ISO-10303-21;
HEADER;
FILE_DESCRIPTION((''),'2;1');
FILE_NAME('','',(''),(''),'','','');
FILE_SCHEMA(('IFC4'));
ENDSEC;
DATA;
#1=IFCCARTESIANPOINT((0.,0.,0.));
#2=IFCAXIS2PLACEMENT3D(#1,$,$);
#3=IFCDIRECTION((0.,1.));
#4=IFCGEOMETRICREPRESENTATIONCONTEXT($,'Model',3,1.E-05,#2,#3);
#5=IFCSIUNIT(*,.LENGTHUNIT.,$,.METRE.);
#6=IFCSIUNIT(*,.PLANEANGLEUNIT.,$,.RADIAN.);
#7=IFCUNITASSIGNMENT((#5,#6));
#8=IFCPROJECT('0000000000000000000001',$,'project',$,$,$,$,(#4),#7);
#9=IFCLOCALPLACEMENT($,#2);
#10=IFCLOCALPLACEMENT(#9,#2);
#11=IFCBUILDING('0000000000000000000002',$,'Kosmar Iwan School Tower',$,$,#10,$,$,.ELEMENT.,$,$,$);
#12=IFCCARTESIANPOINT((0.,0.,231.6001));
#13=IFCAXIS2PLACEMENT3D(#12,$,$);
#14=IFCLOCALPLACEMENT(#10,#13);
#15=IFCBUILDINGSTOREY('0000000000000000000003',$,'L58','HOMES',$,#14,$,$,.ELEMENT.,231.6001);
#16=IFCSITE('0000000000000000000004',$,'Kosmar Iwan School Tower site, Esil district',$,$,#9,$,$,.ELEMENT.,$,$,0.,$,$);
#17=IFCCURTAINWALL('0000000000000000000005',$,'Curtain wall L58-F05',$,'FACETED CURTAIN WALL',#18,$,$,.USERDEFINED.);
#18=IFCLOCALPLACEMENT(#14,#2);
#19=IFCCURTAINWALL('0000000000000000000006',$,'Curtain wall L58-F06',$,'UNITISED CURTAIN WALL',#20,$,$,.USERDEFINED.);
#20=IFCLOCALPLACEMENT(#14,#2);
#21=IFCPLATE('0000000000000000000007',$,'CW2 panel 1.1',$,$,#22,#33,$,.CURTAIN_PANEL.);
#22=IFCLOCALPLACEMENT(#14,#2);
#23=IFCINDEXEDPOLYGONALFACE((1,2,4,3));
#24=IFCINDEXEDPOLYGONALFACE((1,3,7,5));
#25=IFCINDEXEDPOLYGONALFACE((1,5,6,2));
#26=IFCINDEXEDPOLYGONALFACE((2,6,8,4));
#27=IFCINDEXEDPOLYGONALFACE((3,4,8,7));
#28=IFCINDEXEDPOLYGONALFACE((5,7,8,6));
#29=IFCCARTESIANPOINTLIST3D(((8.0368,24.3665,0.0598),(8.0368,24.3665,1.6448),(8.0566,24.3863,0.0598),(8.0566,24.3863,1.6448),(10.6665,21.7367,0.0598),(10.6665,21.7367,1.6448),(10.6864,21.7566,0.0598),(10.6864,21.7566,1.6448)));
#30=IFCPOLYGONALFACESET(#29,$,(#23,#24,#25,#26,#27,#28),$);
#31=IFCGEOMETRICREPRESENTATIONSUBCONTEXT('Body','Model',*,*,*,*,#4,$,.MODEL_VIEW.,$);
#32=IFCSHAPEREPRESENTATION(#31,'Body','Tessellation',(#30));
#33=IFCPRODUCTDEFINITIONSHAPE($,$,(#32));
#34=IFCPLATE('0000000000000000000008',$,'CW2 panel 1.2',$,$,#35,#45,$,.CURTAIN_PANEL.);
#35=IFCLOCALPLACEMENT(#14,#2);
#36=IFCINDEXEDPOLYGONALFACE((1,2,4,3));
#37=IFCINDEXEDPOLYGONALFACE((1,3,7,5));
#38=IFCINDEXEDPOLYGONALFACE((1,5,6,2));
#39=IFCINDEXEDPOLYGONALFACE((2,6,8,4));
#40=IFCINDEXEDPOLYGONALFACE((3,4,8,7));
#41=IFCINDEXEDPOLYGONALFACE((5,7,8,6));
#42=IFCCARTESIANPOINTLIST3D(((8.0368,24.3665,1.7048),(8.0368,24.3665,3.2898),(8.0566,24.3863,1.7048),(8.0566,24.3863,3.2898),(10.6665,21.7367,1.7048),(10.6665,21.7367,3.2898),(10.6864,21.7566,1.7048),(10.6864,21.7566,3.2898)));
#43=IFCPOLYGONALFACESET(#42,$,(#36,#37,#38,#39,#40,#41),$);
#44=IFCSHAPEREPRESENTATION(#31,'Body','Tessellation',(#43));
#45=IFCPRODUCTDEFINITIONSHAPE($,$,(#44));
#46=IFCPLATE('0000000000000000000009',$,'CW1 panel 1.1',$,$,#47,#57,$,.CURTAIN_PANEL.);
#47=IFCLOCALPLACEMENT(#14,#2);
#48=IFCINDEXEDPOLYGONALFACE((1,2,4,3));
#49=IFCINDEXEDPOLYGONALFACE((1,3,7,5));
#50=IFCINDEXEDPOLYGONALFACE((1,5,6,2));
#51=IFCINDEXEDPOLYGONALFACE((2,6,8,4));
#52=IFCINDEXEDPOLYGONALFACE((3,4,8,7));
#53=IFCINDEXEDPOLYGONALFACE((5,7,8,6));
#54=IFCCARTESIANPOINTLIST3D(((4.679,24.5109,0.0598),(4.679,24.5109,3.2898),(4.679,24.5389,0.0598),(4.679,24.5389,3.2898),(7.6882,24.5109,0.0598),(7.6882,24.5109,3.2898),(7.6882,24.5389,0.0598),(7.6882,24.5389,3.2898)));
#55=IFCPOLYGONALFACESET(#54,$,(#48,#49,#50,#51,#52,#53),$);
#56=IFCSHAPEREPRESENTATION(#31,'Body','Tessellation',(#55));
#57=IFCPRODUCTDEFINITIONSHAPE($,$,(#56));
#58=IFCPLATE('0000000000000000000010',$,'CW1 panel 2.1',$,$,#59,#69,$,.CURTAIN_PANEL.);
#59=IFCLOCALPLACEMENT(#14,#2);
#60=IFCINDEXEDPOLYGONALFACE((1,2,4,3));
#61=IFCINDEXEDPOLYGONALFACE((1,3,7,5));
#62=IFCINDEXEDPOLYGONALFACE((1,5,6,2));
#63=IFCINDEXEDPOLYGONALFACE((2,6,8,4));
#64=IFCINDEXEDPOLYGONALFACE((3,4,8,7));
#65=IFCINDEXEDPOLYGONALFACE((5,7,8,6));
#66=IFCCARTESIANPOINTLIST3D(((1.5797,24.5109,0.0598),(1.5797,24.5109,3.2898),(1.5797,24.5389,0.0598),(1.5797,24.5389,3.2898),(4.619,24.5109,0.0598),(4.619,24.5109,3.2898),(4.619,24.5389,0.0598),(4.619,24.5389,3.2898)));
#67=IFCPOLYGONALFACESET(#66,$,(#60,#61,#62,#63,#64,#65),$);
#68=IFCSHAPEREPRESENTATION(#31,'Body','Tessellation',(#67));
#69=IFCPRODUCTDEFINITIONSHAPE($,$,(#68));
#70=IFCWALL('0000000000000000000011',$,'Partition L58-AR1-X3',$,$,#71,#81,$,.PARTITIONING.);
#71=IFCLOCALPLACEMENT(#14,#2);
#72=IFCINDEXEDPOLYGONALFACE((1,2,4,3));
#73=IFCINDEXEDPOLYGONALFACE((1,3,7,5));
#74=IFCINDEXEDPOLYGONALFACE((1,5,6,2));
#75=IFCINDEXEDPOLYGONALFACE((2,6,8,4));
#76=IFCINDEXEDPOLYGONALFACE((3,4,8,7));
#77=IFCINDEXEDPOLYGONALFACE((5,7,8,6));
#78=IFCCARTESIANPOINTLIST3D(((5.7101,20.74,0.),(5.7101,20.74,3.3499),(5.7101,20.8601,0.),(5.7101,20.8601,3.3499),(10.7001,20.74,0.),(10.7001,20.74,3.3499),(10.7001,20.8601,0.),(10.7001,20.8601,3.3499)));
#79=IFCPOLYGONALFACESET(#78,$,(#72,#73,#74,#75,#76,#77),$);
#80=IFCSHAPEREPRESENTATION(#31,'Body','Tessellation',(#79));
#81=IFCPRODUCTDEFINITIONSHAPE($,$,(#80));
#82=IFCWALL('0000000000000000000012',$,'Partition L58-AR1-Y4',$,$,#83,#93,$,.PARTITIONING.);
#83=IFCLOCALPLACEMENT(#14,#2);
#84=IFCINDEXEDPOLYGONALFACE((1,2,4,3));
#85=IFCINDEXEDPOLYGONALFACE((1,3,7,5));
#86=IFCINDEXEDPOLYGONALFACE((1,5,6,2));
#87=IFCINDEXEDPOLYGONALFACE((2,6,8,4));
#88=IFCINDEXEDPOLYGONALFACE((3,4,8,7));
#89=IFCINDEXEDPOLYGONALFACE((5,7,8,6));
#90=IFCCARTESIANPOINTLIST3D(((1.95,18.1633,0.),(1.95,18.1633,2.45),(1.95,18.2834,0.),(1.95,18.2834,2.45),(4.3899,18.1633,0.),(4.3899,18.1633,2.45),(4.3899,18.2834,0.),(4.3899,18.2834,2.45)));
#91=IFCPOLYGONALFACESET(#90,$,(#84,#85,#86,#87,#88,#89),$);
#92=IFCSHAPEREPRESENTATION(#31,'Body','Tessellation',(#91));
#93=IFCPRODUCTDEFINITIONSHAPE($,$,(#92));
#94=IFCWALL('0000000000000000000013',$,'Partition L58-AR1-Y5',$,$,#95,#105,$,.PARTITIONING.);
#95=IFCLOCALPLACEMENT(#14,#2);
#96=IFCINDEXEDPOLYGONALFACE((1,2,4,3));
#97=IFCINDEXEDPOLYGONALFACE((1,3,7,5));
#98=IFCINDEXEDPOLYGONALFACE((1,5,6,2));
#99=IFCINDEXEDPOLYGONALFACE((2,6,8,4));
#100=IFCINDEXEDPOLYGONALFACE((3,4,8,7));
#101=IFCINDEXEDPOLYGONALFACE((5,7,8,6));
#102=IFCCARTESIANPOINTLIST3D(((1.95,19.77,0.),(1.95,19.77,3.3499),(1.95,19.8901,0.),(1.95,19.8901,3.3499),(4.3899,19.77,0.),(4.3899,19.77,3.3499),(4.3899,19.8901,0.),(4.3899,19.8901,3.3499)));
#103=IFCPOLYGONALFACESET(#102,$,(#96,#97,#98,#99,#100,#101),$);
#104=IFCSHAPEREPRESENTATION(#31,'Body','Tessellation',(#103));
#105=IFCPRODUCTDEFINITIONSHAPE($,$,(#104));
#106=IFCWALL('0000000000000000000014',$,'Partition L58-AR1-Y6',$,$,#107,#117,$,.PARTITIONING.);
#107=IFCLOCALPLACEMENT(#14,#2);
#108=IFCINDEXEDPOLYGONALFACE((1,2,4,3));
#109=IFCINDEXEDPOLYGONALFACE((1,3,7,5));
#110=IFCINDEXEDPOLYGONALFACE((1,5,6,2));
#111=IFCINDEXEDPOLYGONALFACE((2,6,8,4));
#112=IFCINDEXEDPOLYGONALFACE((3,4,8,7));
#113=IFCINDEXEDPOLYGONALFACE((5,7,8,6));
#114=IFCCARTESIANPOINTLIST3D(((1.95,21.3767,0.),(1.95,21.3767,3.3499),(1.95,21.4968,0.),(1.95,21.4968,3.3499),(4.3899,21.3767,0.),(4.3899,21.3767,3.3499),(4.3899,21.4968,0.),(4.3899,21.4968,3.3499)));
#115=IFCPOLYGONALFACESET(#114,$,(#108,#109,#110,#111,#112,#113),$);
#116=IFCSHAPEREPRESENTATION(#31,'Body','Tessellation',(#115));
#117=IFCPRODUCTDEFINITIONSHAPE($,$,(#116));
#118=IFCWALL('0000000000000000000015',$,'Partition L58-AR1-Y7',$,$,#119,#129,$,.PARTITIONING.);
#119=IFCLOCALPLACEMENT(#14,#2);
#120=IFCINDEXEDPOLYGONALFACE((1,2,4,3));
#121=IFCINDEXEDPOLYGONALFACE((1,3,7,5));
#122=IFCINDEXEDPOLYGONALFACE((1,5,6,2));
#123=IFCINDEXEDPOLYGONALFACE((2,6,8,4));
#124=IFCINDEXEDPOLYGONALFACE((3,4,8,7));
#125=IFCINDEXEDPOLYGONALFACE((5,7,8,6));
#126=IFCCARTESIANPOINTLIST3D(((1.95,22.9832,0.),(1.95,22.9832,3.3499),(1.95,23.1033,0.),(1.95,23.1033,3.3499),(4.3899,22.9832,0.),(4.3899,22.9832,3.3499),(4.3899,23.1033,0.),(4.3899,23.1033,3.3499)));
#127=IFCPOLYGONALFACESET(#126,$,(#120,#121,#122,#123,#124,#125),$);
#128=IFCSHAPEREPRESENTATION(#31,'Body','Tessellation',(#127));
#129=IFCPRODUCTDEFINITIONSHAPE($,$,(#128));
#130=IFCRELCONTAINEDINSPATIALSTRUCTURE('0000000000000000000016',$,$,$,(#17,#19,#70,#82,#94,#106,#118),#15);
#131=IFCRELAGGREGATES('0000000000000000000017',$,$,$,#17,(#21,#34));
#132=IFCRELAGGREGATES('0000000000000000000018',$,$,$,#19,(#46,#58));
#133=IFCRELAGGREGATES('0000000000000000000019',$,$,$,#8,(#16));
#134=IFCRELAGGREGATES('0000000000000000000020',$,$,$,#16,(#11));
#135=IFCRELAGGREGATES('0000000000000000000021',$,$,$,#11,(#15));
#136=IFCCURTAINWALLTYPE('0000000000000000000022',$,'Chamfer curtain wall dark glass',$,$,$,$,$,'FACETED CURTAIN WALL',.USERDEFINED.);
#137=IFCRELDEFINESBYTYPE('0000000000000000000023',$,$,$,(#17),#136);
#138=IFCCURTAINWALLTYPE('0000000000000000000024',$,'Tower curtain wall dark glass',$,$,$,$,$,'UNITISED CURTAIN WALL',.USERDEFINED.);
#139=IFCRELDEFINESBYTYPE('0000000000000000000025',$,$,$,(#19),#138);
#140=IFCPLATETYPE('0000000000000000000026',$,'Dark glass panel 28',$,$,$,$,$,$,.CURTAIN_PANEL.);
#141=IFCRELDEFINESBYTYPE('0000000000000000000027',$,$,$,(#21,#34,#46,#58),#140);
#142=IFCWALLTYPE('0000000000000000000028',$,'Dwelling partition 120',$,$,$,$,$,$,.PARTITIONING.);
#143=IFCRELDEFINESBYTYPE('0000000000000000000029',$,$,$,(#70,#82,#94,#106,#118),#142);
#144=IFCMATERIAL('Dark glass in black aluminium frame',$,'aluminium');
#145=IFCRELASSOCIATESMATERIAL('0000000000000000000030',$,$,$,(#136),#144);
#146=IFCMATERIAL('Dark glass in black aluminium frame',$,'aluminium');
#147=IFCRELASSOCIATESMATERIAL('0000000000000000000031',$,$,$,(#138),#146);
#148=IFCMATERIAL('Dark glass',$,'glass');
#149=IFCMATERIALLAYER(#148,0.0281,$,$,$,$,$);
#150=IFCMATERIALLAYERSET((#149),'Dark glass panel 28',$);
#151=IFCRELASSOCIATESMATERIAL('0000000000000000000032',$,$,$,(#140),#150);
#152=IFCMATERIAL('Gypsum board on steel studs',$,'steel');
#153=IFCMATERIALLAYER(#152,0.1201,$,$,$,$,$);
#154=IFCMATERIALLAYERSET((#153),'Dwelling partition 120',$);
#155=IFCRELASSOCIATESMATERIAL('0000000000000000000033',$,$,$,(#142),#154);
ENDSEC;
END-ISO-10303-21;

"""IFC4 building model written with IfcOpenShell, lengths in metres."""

from ifc_helpers import new_model, si_unit, direction, frame, frame_2d, origin, origin_2d, place, context, subcontext, project, spatial, rectangle, extrude, material, layer, layer_set, type_object, element, aggregate, save


model = new_model("IFC4")

# Units and contexts
model_context = context("Model", 3, precision=1e-05, world=origin(), true_north=direction((0.0, 1.0)))
body_context = subcontext(model_context, "Body", "Model", "MODEL_VIEW")
ifc_project = project(units=[si_unit("LENGTHUNIT", "METRE"), si_unit("PLANEANGLEUNIT", "RADIAN")], contexts=[model_context])

# Site, building, storey
site_placement = place(None, origin())
site = spatial("IfcSite", under=ifc_project, at=site_placement, Name="Kosmar Iwan School Tower site, Esil district", CompositionType="ELEMENT", RefElevation=0.0)
building_placement = place(site_placement, origin())
building = spatial("IfcBuilding", under=site, at=building_placement, Name="Kosmar Iwan School Tower", CompositionType="ELEMENT")
storey_placement = place(building_placement, frame((0.0, 0.0, 231.6001)))
storey = spatial("IfcBuildingStorey", under=building, at=storey_placement, Name="L58", Description="HOMES", CompositionType="ELEMENT", Elevation=231.6001)

# Curtain walls
ifc_material_1 = material(Name="Dark glass in black aluminium frame", Category="aluminium")
curtain_wall_type_1 = type_object("IfcCurtainWallType", Name="Chamfer curtain wall dark glass", ElementType="FACETED CURTAIN WALL", PredefinedType="USERDEFINED", material=ifc_material_1)
curtain_wall_1_placement = place(storey_placement, origin())
curtain_wall_1 = element("IfcCurtainWall", 1, at=curtain_wall_1_placement, inside=storey, type_object=curtain_wall_type_1, Name="Curtain wall L58-F05", ObjectType="FACETED CURTAIN WALL", PredefinedType="USERDEFINED")
ifc_material_2 = material(Name="Dark glass in black aluminium frame", Category="aluminium")
curtain_wall_type_2 = type_object("IfcCurtainWallType", Name="Tower curtain wall dark glass", ElementType="UNITISED CURTAIN WALL", PredefinedType="USERDEFINED", material=ifc_material_2)
curtain_wall_2_placement = place(storey_placement, origin())
curtain_wall_2 = element("IfcCurtainWall", 2, at=curtain_wall_2_placement, inside=storey, type_object=curtain_wall_type_2, Name="Curtain wall L58-F06", ObjectType="UNITISED CURTAIN WALL", PredefinedType="USERDEFINED")

# Plates
ifc_material_3 = material(Name="Dark glass", Category="glass")
ifc_layer_1 = layer(ifc_material_3, 0.0281)
ifc_layer_set_1 = layer_set([ifc_layer_1], Name="Dark glass panel 28")
plate_type = type_object("IfcPlateType", Name="Dark glass panel 28", PredefinedType="CURTAIN_PANEL", material=ifc_layer_set_1)
plate_1_placement = place(storey_placement, frame((9.3616, 23.0615, 0.0598), z_axis=(0.0, 0.0, 1.0), x_axis=(-0.707107, 0.707107, 0.0)))
plate_1 = element("IfcPlate", 3, at=plate_1_placement, type_object=plate_type, Name="CW2 panel 1.1", PredefinedType="CURTAIN_PANEL", context=body_context, shape_type="SweptSolid", body=[
    extrude(rectangle(XDim=3.719, YDim=0.0281, at=origin_2d()), origin(), (0.0, 0.0, 1.0), 1.585),
])
plate_2_placement = place(storey_placement, frame((9.3616, 23.0615, 1.7048), z_axis=(0.0, 0.0, 1.0), x_axis=(-0.707107, 0.707107, 0.0)))
plate_2 = element("IfcPlate", 4, at=plate_2_placement, type_object=plate_type, Name="CW2 panel 1.2", PredefinedType="CURTAIN_PANEL", context=body_context, shape_type="SweptSolid", body=[
    extrude(rectangle(XDim=3.719, YDim=0.0281, at=origin_2d()), origin(), (0.0, 0.0, 1.0), 1.585),
])
aggregate(curtain_wall_1, [plate_1, plate_2])
plate_3_placement = place(storey_placement, frame((6.1836, 24.5249, 0.0598), z_axis=(0.0, 0.0, 1.0), x_axis=(-1.0, 0.0, 0.0)))
plate_3 = element("IfcPlate", 5, at=plate_3_placement, type_object=plate_type, Name="CW1 panel 1.1", PredefinedType="CURTAIN_PANEL", context=body_context, shape_type="SweptSolid", body=[
    extrude(rectangle(XDim=3.0093, YDim=0.0281, at=origin_2d()), origin(), (0.0, 0.0, 1.0), 3.23),
])
plate_4_placement = place(storey_placement, frame((3.0994, 24.5249, 0.0598), z_axis=(0.0, 0.0, 1.0), x_axis=(-1.0, 0.0, 0.0)))
plate_4 = element("IfcPlate", 6, at=plate_4_placement, type_object=plate_type, Name="CW1 panel 2.1", PredefinedType="CURTAIN_PANEL", context=body_context, shape_type="SweptSolid", body=[
    extrude(rectangle(XDim=3.0393, YDim=0.0281, at=origin_2d()), origin(), (0.0, 0.0, 1.0), 3.23),
])
aggregate(curtain_wall_2, [plate_3, plate_4])

# Walls
ifc_material_4 = material(Name="Gypsum board on steel studs", Category="steel")
ifc_layer_2 = layer(ifc_material_4, 0.1201)
ifc_layer_set_2 = layer_set([ifc_layer_2], Name="Dwelling partition 120")
wall_type = type_object("IfcWallType", Name="Dwelling partition 120", PredefinedType="PARTITIONING", material=ifc_layer_set_2)
wall_1_placement = place(storey_placement, frame((5.71, 20.8, 0.0), z_axis=(0.0, 0.0, 1.0), x_axis=(1.0, 0.0, 0.0)))
element("IfcWall", 7, at=wall_1_placement, inside=storey, type_object=wall_type, Name="Partition L58-AR1-X3", PredefinedType="PARTITIONING", context=body_context, shape_type="SweptSolid", body=[
    extrude(rectangle(XDim=4.99, YDim=0.1201, at=frame_2d((2.4951, 0.0))), origin(), (0.0, 0.0, 1.0), 3.3499),
])
wall_2_placement = place(storey_placement, frame((1.95, 18.2234, 0.0), z_axis=(0.0, 0.0, 1.0), x_axis=(1.0, 0.0, 0.0)))
element("IfcWall", 8, at=wall_2_placement, inside=storey, type_object=wall_type, Name="Partition L58-AR1-Y4", PredefinedType="PARTITIONING", context=body_context, shape_type="SweptSolid", body=[
    extrude(rectangle(XDim=2.4399, YDim=0.1201, at=frame_2d((1.22, 0.0))), origin(), (0.0, 0.0, 1.0), 2.45),
])
for number, where, z_axis, x_axis, name in (
    (9, (1.95, 19.8301, 0.0), (0.0, 0.0, 1.0), (1.0, 0.0, 0.0), "Partition L58-AR1-Y5"),
    (10, (1.95, 21.4368, 0.0), (0.0, 0.0, 1.0), (1.0, 0.0, 0.0), "Partition L58-AR1-Y6"),
    (11, (1.95, 23.0432, 0.0), (0.0, 0.0, 1.0), (1.0, 0.0, 0.0), "Partition L58-AR1-Y7"),
):
    element("IfcWall", number, at=place(storey_placement, frame(where, z_axis=z_axis, x_axis=x_axis)), inside=storey, type_object=wall_type, Name=name, PredefinedType="PARTITIONING", context=body_context, shape_type="SweptSolid", body=[
        extrude(rectangle(XDim=2.4399, YDim=0.1201, at=frame_2d((1.22, 0.0))), origin(), (0.0, 0.0, 1.0), 3.3499),
    ])

save(model, "model.ifc")
